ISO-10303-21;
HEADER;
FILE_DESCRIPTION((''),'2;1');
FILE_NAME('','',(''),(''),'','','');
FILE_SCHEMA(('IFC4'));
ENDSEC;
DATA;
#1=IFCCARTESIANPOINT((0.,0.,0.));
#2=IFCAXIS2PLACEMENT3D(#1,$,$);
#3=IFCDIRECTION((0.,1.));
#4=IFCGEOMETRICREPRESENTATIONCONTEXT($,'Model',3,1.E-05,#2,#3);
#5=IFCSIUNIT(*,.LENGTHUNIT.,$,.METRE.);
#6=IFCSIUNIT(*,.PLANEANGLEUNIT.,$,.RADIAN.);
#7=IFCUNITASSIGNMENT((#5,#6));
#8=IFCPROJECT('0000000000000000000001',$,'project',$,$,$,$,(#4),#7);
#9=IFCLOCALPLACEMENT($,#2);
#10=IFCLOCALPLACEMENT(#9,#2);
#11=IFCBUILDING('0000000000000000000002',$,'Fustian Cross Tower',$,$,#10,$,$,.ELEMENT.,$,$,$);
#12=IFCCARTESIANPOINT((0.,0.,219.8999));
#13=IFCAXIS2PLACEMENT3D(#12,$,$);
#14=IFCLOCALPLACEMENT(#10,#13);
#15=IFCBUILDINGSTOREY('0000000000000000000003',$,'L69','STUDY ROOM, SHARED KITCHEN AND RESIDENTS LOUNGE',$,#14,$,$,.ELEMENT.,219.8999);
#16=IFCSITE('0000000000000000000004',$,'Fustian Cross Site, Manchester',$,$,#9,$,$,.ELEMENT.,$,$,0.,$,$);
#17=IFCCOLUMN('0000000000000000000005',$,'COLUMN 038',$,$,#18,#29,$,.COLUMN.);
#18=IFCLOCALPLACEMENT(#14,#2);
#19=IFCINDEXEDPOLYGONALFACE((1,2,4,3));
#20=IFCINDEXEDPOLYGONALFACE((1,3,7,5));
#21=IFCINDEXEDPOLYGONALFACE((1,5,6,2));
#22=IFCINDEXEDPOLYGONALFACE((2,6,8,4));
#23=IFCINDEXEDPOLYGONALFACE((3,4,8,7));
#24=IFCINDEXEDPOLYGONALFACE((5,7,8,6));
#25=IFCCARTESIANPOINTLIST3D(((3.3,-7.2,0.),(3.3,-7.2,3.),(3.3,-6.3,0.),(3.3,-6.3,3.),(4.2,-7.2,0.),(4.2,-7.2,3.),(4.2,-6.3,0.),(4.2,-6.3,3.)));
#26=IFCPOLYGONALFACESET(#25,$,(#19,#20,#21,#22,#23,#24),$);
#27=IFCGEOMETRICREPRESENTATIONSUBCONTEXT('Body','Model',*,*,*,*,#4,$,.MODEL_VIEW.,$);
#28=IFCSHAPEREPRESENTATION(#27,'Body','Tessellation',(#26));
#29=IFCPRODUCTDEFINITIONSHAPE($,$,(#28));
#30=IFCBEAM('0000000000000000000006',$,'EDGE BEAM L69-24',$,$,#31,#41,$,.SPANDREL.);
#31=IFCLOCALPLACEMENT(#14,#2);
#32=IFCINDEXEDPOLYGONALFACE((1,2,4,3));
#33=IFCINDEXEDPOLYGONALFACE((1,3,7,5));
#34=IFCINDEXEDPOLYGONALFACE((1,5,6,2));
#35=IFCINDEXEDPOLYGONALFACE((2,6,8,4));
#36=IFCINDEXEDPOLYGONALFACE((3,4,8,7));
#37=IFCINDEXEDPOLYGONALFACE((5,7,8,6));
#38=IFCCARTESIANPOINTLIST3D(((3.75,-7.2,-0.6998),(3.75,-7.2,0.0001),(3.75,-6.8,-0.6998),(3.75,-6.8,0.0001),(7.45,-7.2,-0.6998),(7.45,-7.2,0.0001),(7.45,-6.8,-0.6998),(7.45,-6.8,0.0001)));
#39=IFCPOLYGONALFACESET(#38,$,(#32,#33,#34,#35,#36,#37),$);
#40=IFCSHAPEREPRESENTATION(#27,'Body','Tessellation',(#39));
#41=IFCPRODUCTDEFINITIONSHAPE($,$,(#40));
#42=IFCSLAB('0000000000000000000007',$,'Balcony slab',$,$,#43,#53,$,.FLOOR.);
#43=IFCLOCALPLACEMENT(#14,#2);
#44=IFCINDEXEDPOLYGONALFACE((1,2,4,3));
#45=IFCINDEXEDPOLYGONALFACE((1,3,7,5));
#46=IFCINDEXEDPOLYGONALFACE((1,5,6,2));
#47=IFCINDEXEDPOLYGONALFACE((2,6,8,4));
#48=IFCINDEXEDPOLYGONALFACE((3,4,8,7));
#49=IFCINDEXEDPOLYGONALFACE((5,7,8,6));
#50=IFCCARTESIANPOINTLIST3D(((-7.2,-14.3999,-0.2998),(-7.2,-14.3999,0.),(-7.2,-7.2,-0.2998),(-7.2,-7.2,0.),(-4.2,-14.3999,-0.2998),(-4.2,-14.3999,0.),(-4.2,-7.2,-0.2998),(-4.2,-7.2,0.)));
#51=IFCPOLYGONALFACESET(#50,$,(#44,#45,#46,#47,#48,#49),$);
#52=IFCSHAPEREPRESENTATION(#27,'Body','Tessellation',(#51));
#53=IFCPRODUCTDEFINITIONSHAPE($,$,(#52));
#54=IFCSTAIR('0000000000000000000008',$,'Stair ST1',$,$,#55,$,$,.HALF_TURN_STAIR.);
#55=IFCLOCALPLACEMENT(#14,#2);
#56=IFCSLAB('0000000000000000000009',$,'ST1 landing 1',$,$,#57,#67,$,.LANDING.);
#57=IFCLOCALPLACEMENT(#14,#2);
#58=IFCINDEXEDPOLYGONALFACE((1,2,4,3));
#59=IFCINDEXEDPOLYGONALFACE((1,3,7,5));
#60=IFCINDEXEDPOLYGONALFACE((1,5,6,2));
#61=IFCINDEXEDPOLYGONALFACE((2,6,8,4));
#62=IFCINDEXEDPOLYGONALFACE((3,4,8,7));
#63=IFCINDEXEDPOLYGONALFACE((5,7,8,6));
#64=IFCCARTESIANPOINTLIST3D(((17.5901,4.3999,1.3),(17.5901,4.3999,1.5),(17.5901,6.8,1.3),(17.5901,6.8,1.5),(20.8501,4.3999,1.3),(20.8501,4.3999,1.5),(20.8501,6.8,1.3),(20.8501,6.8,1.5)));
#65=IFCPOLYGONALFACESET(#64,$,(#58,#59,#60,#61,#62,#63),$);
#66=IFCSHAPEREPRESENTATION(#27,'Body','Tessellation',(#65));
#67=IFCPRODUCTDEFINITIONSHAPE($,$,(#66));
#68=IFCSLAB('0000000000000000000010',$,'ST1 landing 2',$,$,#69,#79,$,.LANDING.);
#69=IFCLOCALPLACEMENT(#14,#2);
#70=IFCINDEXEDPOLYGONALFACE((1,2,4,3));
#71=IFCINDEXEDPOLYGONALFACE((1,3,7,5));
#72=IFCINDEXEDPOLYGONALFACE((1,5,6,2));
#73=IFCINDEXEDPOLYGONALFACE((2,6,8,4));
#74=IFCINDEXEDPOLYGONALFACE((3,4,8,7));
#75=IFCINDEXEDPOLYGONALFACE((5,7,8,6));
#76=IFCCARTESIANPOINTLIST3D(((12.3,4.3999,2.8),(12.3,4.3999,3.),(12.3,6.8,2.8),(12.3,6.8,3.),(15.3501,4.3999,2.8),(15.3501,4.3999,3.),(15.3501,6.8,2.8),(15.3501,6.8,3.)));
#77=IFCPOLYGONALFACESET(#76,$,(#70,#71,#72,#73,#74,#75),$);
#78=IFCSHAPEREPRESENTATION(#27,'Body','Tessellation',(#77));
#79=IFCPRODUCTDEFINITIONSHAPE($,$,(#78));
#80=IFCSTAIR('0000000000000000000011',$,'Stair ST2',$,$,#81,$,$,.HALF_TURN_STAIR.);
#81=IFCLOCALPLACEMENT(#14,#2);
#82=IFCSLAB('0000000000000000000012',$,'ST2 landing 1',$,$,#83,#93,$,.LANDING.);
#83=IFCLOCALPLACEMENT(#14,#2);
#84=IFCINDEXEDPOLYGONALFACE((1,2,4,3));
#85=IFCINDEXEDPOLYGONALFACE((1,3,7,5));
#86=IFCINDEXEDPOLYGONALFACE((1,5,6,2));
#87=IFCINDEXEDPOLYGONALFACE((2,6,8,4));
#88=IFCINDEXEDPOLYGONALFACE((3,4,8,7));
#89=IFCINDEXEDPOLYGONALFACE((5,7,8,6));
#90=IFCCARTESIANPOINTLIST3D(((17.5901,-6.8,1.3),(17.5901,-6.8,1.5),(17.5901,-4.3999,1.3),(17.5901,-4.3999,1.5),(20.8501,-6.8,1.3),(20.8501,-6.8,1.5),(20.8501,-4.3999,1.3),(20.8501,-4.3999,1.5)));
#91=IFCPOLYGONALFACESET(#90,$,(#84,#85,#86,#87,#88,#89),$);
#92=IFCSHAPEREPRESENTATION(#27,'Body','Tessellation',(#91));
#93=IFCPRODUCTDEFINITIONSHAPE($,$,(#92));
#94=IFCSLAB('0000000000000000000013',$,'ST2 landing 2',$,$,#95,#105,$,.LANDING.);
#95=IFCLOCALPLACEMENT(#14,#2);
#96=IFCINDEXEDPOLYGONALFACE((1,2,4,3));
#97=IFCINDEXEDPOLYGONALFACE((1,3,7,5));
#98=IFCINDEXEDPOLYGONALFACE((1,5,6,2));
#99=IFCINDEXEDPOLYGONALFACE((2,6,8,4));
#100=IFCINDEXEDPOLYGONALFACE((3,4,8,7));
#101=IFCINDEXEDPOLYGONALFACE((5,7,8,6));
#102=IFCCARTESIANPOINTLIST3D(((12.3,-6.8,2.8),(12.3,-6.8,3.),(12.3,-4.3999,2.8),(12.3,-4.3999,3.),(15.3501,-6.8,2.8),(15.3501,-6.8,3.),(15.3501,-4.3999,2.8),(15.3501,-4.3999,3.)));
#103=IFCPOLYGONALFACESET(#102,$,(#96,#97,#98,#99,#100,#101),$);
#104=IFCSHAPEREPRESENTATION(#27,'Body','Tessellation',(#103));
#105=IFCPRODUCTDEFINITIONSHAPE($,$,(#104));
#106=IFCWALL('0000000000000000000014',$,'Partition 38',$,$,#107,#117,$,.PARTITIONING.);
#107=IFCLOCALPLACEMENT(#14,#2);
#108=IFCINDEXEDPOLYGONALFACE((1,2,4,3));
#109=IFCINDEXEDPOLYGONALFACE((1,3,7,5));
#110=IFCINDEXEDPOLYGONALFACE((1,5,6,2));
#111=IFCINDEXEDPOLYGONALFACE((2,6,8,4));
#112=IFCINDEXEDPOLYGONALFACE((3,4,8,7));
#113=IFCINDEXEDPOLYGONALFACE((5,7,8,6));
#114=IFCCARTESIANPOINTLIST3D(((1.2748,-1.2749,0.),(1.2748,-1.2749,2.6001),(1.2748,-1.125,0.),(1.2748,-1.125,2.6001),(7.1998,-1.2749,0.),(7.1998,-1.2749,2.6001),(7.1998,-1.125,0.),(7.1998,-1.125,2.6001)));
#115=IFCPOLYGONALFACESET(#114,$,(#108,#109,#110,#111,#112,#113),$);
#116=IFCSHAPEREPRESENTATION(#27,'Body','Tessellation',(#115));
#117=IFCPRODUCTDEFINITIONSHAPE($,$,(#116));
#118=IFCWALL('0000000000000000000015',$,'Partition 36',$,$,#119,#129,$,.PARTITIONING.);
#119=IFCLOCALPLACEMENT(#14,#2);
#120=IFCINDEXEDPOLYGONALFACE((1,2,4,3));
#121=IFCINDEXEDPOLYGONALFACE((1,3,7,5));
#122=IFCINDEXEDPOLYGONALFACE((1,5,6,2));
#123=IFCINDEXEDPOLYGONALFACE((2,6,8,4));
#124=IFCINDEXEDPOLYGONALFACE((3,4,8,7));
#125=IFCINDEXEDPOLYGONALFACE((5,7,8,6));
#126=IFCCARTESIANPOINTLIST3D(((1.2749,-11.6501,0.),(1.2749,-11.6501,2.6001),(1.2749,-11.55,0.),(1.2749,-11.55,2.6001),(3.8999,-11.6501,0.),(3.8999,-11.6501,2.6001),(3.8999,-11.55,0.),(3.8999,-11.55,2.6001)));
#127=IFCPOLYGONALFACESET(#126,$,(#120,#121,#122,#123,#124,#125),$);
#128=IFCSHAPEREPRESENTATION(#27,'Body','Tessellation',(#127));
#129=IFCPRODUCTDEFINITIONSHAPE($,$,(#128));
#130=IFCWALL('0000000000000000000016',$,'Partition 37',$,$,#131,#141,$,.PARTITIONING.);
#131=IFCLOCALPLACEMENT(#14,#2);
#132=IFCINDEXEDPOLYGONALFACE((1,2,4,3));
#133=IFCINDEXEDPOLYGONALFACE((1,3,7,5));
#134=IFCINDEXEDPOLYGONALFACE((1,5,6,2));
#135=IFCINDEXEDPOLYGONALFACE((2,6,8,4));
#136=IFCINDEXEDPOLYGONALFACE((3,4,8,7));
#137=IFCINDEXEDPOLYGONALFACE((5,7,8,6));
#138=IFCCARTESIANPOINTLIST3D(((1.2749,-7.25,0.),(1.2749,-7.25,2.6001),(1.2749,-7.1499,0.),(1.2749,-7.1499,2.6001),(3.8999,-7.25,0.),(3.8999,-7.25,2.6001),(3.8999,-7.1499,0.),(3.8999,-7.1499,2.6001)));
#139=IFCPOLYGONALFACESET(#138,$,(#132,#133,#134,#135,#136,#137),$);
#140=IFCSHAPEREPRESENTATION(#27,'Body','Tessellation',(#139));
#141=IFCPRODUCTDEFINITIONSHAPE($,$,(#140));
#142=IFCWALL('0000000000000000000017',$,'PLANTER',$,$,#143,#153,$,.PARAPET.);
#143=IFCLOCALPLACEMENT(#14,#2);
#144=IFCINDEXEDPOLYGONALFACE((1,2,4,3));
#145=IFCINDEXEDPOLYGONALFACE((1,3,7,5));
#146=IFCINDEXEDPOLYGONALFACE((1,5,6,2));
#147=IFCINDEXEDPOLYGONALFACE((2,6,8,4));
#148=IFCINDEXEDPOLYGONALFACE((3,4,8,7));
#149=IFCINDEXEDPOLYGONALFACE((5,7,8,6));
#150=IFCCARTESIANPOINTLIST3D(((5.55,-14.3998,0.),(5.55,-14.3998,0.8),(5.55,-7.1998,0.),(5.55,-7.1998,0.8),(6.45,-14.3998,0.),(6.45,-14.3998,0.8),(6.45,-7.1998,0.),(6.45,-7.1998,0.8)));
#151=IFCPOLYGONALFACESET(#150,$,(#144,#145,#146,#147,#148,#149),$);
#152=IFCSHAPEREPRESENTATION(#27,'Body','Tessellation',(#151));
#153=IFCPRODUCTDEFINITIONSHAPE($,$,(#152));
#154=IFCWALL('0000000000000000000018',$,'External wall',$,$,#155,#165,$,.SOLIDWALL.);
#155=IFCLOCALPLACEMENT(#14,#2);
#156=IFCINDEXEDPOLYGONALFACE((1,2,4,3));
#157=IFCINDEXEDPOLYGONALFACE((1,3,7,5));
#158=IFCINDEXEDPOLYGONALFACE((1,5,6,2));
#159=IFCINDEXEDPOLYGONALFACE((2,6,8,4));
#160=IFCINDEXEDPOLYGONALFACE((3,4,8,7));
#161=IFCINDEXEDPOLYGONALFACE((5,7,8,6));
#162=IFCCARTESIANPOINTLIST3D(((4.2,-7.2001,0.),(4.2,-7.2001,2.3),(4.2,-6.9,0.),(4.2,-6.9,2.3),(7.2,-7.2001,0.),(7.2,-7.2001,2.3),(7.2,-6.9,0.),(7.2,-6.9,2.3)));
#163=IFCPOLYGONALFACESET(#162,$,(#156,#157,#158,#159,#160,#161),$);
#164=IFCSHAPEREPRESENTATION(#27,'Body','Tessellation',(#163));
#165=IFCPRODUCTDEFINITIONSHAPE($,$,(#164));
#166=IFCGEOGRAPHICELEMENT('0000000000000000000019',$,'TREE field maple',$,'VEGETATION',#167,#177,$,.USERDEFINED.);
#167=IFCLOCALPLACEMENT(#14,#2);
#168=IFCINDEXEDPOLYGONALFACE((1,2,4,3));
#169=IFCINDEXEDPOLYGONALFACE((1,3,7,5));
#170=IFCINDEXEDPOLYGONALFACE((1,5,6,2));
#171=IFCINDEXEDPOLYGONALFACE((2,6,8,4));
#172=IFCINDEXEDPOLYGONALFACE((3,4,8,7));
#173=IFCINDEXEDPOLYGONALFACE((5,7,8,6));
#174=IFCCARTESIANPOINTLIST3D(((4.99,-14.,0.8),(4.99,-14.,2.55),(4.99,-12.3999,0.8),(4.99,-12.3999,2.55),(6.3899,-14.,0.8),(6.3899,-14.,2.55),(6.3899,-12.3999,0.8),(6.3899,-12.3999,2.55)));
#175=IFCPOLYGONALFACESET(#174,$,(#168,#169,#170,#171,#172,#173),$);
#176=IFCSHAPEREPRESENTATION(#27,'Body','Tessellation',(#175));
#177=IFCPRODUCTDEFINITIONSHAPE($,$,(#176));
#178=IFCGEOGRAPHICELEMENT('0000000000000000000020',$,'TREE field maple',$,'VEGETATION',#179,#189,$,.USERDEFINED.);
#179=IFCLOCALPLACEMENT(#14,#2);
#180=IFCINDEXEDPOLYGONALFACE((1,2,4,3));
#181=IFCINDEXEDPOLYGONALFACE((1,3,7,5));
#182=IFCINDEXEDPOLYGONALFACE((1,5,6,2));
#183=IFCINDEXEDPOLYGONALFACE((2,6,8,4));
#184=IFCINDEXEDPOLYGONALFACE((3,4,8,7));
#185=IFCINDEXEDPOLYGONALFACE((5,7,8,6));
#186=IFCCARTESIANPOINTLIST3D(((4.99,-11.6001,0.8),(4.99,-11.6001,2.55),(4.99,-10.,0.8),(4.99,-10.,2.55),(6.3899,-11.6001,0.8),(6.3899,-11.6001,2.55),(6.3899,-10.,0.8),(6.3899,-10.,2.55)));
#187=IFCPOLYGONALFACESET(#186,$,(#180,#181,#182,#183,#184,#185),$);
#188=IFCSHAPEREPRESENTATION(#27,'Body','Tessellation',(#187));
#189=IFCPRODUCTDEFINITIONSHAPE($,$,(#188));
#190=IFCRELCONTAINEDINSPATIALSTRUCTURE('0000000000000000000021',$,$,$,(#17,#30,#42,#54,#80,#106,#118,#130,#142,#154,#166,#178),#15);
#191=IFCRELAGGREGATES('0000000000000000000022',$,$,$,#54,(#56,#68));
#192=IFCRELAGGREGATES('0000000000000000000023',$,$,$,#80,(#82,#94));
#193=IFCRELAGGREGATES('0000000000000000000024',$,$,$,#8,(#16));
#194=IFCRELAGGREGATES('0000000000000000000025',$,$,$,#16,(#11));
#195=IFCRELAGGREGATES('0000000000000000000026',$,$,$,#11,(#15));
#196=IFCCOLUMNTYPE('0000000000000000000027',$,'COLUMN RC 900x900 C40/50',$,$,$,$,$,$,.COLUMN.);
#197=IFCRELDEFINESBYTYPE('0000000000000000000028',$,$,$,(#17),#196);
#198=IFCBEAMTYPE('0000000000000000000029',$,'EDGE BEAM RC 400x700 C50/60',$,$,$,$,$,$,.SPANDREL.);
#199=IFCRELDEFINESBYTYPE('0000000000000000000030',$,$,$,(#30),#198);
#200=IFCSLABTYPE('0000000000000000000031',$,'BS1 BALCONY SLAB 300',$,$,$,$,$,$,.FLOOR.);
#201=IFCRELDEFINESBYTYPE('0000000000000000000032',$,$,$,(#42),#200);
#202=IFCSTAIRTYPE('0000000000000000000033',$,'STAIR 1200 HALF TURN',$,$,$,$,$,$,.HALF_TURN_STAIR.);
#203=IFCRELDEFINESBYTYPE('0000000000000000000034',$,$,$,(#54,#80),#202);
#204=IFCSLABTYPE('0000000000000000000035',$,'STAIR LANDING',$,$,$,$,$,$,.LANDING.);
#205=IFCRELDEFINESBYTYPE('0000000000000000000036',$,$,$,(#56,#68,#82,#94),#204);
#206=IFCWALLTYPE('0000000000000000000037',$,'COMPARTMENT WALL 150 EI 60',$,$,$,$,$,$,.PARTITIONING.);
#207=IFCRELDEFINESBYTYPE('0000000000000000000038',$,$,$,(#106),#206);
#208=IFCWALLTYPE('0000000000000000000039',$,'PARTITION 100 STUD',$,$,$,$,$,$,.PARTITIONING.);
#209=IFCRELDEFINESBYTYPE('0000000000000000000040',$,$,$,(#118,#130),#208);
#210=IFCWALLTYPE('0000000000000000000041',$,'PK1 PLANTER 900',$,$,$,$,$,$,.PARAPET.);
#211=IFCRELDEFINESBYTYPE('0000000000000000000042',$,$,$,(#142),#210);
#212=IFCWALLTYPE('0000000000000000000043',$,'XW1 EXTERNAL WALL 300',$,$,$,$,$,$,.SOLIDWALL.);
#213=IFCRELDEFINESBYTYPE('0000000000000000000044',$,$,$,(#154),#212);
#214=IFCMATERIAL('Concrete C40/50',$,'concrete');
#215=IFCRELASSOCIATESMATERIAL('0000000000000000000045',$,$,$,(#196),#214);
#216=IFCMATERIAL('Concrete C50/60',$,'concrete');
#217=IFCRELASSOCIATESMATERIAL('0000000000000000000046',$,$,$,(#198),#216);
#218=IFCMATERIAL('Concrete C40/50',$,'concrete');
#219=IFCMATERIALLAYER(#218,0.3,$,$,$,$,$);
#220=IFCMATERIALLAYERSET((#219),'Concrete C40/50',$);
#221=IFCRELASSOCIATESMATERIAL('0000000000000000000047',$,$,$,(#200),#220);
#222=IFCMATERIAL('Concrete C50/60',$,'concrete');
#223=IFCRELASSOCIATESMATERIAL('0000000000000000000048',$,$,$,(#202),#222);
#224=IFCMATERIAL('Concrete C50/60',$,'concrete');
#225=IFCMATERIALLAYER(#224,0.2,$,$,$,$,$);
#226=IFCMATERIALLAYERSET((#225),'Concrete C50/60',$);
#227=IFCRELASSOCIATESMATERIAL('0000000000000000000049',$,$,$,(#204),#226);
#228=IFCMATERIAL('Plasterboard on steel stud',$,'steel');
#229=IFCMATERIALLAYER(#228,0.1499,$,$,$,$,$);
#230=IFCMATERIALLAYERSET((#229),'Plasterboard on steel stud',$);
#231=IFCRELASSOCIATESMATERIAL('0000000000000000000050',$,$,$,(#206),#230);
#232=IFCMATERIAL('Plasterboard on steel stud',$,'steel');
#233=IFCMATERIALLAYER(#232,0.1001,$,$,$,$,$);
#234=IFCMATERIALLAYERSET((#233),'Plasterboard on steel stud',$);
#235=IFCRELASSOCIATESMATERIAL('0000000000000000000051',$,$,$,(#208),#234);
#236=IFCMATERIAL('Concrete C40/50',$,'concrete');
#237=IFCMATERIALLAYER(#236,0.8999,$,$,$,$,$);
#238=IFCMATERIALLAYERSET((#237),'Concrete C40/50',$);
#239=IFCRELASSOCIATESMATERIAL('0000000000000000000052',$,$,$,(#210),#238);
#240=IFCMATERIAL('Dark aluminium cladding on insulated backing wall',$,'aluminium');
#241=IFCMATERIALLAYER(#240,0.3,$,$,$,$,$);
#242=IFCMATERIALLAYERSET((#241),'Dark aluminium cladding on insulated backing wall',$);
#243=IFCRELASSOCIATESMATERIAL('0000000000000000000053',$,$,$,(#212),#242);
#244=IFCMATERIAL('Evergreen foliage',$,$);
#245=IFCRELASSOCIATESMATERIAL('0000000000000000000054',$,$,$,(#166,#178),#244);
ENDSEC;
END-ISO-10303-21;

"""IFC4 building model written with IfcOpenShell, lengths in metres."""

from ifc_helpers import new_model, si_unit, direction, frame, frame_2d, origin, origin_2d, place, context, subcontext, project, spatial, polyline, rectangle, outline, extrude, material, layer, layer_set, material_profile, profile_set, type_object, element, aggregate, save


model = new_model("IFC4")

# Units and contexts
model_context = context("Model", 3, precision=1e-05, world=origin(), true_north=direction((0.0, 1.0)))
body_context = subcontext(model_context, "Body", "Model", "MODEL_VIEW")
ifc_project = project(units=[si_unit("LENGTHUNIT", "METRE"), si_unit("PLANEANGLEUNIT", "RADIAN")], contexts=[model_context])

# Site, building, storey
site_placement = place(None, origin())
site = spatial("IfcSite", under=ifc_project, at=site_placement, Name="Fustian Cross Site, Manchester", CompositionType="ELEMENT", RefElevation=0.0)
building_placement = place(site_placement, origin())
building = spatial("IfcBuilding", under=site, at=building_placement, Name="Fustian Cross Tower", CompositionType="ELEMENT")
storey_placement = place(building_placement, frame((0.0, 0.0, 219.8999)))
storey = spatial("IfcBuildingStorey", under=building, at=storey_placement, Name="L69", Description="STUDY ROOM, SHARED KITCHEN AND RESIDENTS LOUNGE", CompositionType="ELEMENT", Elevation=219.8999)

# Column
ifc_material_1 = material(Name="Concrete C40/50", Category="concrete")
ifc_material_profile_1 = material_profile(ifc_material_1, rectangle(XDim=0.8999, YDim=0.8999, at=origin_2d()), Name="RC 900x900")
ifc_profile_set_1 = profile_set([ifc_material_profile_1], Name="Concrete C40/50")
column_type = type_object("IfcColumnType", Name="COLUMN RC 900x900 C40/50", PredefinedType="COLUMN", material=ifc_profile_set_1)
column_placement = place(storey_placement, frame((3.75, -6.75, 0.0), z_axis=(0.0, 0.0, 1.0), x_axis=(1.0, 0.0, 0.0)))
element("IfcColumn", 1, at=column_placement, inside=storey, type_object=column_type, Name="COLUMN 038", PredefinedType="COLUMN", context=body_context, shape_type="SweptSolid", body=[
    extrude(rectangle(XDim=0.8999, YDim=0.8999, at=origin_2d()), origin(), (0.0, 0.0, 1.0), 3.0),
])

# Beam
ifc_material_2 = material(Name="Concrete C50/60", Category="concrete")
ifc_material_profile_2 = material_profile(ifc_material_2, rectangle(XDim=0.3999, YDim=0.7, at=origin_2d()), Name="RC 400x700")
ifc_profile_set_2 = profile_set([ifc_material_profile_2], Name="Concrete C50/60")
beam_type = type_object("IfcBeamType", Name="EDGE BEAM RC 400x700 C50/60", PredefinedType="SPANDREL", material=ifc_profile_set_2)
beam_placement = place(storey_placement, frame((3.75, -7.0, -0.3499), z_axis=(1.0, 0.0, 0.0), x_axis=(0.0, 1.0, 0.0)))
element("IfcBeam", 2, at=beam_placement, inside=storey, type_object=beam_type, Name="EDGE BEAM L69-24", PredefinedType="SPANDREL", context=body_context, shape_type="SweptSolid", body=[
    extrude(rectangle(XDim=0.3999, YDim=0.7, at=origin_2d()), origin(), (0.0, 0.0, 1.0), 3.7),
])

# Slab
ifc_material_3 = material(Name="Concrete C40/50", Category="concrete")
ifc_layer_1 = layer(ifc_material_3, 0.3)
ifc_layer_set_1 = layer_set([ifc_layer_1], Name="Concrete C40/50")
slab_type_1 = type_object("IfcSlabType", Name="BS1 BALCONY SLAB 300", PredefinedType="FLOOR", material=ifc_layer_set_1)
slab_1_placement = place(storey_placement, frame((0.0, 0.0, -0.2998)))
element("IfcSlab", 3, at=slab_1_placement, inside=storey, type_object=slab_type_1, Name="Balcony slab", PredefinedType="FLOOR", context=body_context, shape_type="SweptSolid", body=[
    extrude(outline(polyline([(-7.2, -14.3999), (-4.2, -14.3999), (-4.2, -7.2), (-7.2, -7.2), (-7.2, -14.3999)])), origin(), (0.0, 0.0, 1.0), 0.2998),
])

# Stairs, slabs
ifc_material_4 = material(Name="Concrete C50/60", Category="concrete")
stair_type = type_object("IfcStairType", Name="STAIR 1200 HALF TURN", PredefinedType="HALF_TURN_STAIR", material=ifc_material_4)
stair_1_placement = place(storey_placement, origin())
stair_1 = element("IfcStair", 4, at=stair_1_placement, inside=storey, type_object=stair_type, Name="Stair ST1", PredefinedType="HALF_TURN_STAIR")
ifc_material_5 = material(Name="Concrete C50/60", Category="concrete")
ifc_layer_2 = layer(ifc_material_5, 0.2)
ifc_layer_set_2 = layer_set([ifc_layer_2], Name="Concrete C50/60")
slab_type_2 = type_object("IfcSlabType", Name="STAIR LANDING", PredefinedType="LANDING", material=ifc_layer_set_2)
slab_2_placement = place(storey_placement, frame((0.0, 0.0, 1.3)))
slab_2 = element("IfcSlab", 5, at=slab_2_placement, type_object=slab_type_2, Name="ST1 landing 1", PredefinedType="LANDING", context=body_context, shape_type="SweptSolid", body=[
    extrude(outline(polyline([(17.5901, 4.3999), (20.8501, 4.3999), (20.8501, 6.8), (17.5901, 6.8), (17.5901, 4.3999)])), origin(), (0.0, 0.0, 1.0), 0.2),
])
slab_3_placement = place(storey_placement, frame((0.0, 0.0, 2.8)))
slab_3 = element("IfcSlab", 6, at=slab_3_placement, type_object=slab_type_2, Name="ST1 landing 2", PredefinedType="LANDING", context=body_context, shape_type="SweptSolid", body=[
    extrude(outline(polyline([(12.3, 4.3999), (15.3501, 4.3999), (15.3501, 6.8), (12.3, 6.8), (12.3, 4.3999)])), origin(), (0.0, 0.0, 1.0), 0.2),
])
aggregate(stair_1, [slab_2, slab_3])
stair_2_placement = place(storey_placement, origin())
stair_2 = element("IfcStair", 7, at=stair_2_placement, inside=storey, type_object=stair_type, Name="Stair ST2", PredefinedType="HALF_TURN_STAIR")
slab_4_placement = place(storey_placement, frame((0.0, 0.0, 1.3)))
slab_4 = element("IfcSlab", 8, at=slab_4_placement, type_object=slab_type_2, Name="ST2 landing 1", PredefinedType="LANDING", context=body_context, shape_type="SweptSolid", body=[
    extrude(outline(polyline([(17.5901, -4.3999), (20.8501, -4.3999), (20.8501, -6.8), (17.5901, -6.8), (17.5901, -4.3999)])), origin(), (0.0, 0.0, 1.0), 0.2),
])
slab_5_placement = place(storey_placement, frame((0.0, 0.0, 2.8)))
slab_5 = element("IfcSlab", 9, at=slab_5_placement, type_object=slab_type_2, Name="ST2 landing 2", PredefinedType="LANDING", context=body_context, shape_type="SweptSolid", body=[
    extrude(outline(polyline([(12.3, -4.3999), (15.3501, -4.3999), (15.3501, -6.8), (12.3, -6.8), (12.3, -4.3999)])), origin(), (0.0, 0.0, 1.0), 0.2),
])
aggregate(stair_2, [slab_4, slab_5])

# Walls
ifc_material_6 = material(Name="Plasterboard on steel stud", Category="steel")
ifc_layer_3 = layer(ifc_material_6, 0.1499)
ifc_layer_set_3 = layer_set([ifc_layer_3], Name="Plasterboard on steel stud")
wall_type_1 = type_object("IfcWallType", Name="COMPARTMENT WALL 150 EI 60", PredefinedType="PARTITIONING", material=ifc_layer_set_3)
wall_1_placement = place(storey_placement, frame((1.2749, -1.2, 0.0), z_axis=(0.0, 0.0, 1.0), x_axis=(1.0, 0.0, 0.0)))
element("IfcWall", 10, at=wall_1_placement, inside=storey, type_object=wall_type_1, Name="Partition 38", PredefinedType="PARTITIONING", context=body_context, shape_type="SweptSolid", body=[
    extrude(rectangle(XDim=5.925, YDim=0.1499, at=frame_2d((2.9624, 0.0))), origin(), (0.0, 0.0, 1.0), 2.6001),
])
ifc_material_7 = material(Name="Plasterboard on steel stud", Category="steel")
ifc_layer_4 = layer(ifc_material_7, 0.1001)
ifc_layer_set_4 = layer_set([ifc_layer_4], Name="Plasterboard on steel stud")
wall_type_2 = type_object("IfcWallType", Name="PARTITION 100 STUD", PredefinedType="PARTITIONING", material=ifc_layer_set_4)
for number, where, z_axis, x_axis, name in (
    (11, (1.2749, -11.6001, 0.0), (0.0, 0.0, 1.0), (1.0, 0.0, 0.0), "Partition 36"),
    (12, (1.2749, -7.2, 0.0), (0.0, 0.0, 1.0), (1.0, 0.0, 0.0), "Partition 37"),
):
    element("IfcWall", number, at=place(storey_placement, frame(where, z_axis=z_axis, x_axis=x_axis)), inside=storey, type_object=wall_type_2, Name=name, PredefinedType="PARTITIONING", context=body_context, shape_type="SweptSolid", body=[
        extrude(rectangle(XDim=2.625, YDim=0.1001, at=frame_2d((1.3125, 0.0))), origin(), (0.0, 0.0, 1.0), 2.6001),
    ])
ifc_material_8 = material(Name="Concrete C40/50", Category="concrete")
ifc_layer_5 = layer(ifc_material_8, 0.8999)
ifc_layer_set_5 = layer_set([ifc_layer_5], Name="Concrete C40/50")
wall_type_3 = type_object("IfcWallType", Name="PK1 PLANTER 900", PredefinedType="PARAPET", material=ifc_layer_set_5)
wall_2_placement = place(storey_placement, frame((6.0, -14.3999, 0.0), z_axis=(0.0, 0.0, 1.0), x_axis=(0.0, 1.0, 0.0)))
element("IfcWall", 13, at=wall_2_placement, inside=storey, type_object=wall_type_3, Name="PLANTER", PredefinedType="PARAPET", context=body_context, shape_type="SweptSolid", body=[
    extrude(rectangle(XDim=7.2, YDim=0.8999, at=frame_2d((3.6001, 0.0))), origin(), (0.0, 0.0, 1.0), 0.8),
])
ifc_material_9 = material(Name="Dark aluminium cladding on insulated backing wall", Category="aluminium")
ifc_layer_6 = layer(ifc_material_9, 0.3)
ifc_layer_set_6 = layer_set([ifc_layer_6], Name="Dark aluminium cladding on insulated backing wall")
wall_type_4 = type_object("IfcWallType", Name="XW1 EXTERNAL WALL 300", PredefinedType="SOLIDWALL", material=ifc_layer_set_6)
wall_3_placement = place(storey_placement, frame((4.2, -7.05, 0.0), z_axis=(0.0, 0.0, 1.0), x_axis=(1.0, 0.0, 0.0)))
element("IfcWall", 14, at=wall_3_placement, inside=storey, type_object=wall_type_4, Name="External wall", PredefinedType="SOLIDWALL", context=body_context, shape_type="SweptSolid", body=[
    extrude(rectangle(XDim=3.0, YDim=0.3, at=frame_2d((1.5, 0.0))), origin(), (0.0, 0.0, 1.0), 2.3),
])

# Geographic elements
ifc_material_10 = material(Name="Evergreen foliage")
for number, where, z_axis, x_axis, name in (
    (15, (5.6899, -13.2, 0.8), (0.0, 0.0, 1.0), (1.0, 0.0, 0.0), "TREE field maple"),
    (16, (5.6899, -10.8, 0.8), (0.0, 0.0, 1.0), (1.0, 0.0, 0.0), "TREE field maple"),
):
    element("IfcGeographicElement", number, at=place(storey_placement, frame(where, z_axis=z_axis, x_axis=x_axis)), inside=storey, material=ifc_material_10, Name=name, ObjectType="VEGETATION", PredefinedType="USERDEFINED", context=body_context, shape_type="SweptSolid", body=[
        extrude(rectangle(XDim=1.3999, YDim=1.6001, at=origin_2d()), origin(), (0.0, 0.0, 1.0), 1.75),
    ])

save(model, "model.ifc")
